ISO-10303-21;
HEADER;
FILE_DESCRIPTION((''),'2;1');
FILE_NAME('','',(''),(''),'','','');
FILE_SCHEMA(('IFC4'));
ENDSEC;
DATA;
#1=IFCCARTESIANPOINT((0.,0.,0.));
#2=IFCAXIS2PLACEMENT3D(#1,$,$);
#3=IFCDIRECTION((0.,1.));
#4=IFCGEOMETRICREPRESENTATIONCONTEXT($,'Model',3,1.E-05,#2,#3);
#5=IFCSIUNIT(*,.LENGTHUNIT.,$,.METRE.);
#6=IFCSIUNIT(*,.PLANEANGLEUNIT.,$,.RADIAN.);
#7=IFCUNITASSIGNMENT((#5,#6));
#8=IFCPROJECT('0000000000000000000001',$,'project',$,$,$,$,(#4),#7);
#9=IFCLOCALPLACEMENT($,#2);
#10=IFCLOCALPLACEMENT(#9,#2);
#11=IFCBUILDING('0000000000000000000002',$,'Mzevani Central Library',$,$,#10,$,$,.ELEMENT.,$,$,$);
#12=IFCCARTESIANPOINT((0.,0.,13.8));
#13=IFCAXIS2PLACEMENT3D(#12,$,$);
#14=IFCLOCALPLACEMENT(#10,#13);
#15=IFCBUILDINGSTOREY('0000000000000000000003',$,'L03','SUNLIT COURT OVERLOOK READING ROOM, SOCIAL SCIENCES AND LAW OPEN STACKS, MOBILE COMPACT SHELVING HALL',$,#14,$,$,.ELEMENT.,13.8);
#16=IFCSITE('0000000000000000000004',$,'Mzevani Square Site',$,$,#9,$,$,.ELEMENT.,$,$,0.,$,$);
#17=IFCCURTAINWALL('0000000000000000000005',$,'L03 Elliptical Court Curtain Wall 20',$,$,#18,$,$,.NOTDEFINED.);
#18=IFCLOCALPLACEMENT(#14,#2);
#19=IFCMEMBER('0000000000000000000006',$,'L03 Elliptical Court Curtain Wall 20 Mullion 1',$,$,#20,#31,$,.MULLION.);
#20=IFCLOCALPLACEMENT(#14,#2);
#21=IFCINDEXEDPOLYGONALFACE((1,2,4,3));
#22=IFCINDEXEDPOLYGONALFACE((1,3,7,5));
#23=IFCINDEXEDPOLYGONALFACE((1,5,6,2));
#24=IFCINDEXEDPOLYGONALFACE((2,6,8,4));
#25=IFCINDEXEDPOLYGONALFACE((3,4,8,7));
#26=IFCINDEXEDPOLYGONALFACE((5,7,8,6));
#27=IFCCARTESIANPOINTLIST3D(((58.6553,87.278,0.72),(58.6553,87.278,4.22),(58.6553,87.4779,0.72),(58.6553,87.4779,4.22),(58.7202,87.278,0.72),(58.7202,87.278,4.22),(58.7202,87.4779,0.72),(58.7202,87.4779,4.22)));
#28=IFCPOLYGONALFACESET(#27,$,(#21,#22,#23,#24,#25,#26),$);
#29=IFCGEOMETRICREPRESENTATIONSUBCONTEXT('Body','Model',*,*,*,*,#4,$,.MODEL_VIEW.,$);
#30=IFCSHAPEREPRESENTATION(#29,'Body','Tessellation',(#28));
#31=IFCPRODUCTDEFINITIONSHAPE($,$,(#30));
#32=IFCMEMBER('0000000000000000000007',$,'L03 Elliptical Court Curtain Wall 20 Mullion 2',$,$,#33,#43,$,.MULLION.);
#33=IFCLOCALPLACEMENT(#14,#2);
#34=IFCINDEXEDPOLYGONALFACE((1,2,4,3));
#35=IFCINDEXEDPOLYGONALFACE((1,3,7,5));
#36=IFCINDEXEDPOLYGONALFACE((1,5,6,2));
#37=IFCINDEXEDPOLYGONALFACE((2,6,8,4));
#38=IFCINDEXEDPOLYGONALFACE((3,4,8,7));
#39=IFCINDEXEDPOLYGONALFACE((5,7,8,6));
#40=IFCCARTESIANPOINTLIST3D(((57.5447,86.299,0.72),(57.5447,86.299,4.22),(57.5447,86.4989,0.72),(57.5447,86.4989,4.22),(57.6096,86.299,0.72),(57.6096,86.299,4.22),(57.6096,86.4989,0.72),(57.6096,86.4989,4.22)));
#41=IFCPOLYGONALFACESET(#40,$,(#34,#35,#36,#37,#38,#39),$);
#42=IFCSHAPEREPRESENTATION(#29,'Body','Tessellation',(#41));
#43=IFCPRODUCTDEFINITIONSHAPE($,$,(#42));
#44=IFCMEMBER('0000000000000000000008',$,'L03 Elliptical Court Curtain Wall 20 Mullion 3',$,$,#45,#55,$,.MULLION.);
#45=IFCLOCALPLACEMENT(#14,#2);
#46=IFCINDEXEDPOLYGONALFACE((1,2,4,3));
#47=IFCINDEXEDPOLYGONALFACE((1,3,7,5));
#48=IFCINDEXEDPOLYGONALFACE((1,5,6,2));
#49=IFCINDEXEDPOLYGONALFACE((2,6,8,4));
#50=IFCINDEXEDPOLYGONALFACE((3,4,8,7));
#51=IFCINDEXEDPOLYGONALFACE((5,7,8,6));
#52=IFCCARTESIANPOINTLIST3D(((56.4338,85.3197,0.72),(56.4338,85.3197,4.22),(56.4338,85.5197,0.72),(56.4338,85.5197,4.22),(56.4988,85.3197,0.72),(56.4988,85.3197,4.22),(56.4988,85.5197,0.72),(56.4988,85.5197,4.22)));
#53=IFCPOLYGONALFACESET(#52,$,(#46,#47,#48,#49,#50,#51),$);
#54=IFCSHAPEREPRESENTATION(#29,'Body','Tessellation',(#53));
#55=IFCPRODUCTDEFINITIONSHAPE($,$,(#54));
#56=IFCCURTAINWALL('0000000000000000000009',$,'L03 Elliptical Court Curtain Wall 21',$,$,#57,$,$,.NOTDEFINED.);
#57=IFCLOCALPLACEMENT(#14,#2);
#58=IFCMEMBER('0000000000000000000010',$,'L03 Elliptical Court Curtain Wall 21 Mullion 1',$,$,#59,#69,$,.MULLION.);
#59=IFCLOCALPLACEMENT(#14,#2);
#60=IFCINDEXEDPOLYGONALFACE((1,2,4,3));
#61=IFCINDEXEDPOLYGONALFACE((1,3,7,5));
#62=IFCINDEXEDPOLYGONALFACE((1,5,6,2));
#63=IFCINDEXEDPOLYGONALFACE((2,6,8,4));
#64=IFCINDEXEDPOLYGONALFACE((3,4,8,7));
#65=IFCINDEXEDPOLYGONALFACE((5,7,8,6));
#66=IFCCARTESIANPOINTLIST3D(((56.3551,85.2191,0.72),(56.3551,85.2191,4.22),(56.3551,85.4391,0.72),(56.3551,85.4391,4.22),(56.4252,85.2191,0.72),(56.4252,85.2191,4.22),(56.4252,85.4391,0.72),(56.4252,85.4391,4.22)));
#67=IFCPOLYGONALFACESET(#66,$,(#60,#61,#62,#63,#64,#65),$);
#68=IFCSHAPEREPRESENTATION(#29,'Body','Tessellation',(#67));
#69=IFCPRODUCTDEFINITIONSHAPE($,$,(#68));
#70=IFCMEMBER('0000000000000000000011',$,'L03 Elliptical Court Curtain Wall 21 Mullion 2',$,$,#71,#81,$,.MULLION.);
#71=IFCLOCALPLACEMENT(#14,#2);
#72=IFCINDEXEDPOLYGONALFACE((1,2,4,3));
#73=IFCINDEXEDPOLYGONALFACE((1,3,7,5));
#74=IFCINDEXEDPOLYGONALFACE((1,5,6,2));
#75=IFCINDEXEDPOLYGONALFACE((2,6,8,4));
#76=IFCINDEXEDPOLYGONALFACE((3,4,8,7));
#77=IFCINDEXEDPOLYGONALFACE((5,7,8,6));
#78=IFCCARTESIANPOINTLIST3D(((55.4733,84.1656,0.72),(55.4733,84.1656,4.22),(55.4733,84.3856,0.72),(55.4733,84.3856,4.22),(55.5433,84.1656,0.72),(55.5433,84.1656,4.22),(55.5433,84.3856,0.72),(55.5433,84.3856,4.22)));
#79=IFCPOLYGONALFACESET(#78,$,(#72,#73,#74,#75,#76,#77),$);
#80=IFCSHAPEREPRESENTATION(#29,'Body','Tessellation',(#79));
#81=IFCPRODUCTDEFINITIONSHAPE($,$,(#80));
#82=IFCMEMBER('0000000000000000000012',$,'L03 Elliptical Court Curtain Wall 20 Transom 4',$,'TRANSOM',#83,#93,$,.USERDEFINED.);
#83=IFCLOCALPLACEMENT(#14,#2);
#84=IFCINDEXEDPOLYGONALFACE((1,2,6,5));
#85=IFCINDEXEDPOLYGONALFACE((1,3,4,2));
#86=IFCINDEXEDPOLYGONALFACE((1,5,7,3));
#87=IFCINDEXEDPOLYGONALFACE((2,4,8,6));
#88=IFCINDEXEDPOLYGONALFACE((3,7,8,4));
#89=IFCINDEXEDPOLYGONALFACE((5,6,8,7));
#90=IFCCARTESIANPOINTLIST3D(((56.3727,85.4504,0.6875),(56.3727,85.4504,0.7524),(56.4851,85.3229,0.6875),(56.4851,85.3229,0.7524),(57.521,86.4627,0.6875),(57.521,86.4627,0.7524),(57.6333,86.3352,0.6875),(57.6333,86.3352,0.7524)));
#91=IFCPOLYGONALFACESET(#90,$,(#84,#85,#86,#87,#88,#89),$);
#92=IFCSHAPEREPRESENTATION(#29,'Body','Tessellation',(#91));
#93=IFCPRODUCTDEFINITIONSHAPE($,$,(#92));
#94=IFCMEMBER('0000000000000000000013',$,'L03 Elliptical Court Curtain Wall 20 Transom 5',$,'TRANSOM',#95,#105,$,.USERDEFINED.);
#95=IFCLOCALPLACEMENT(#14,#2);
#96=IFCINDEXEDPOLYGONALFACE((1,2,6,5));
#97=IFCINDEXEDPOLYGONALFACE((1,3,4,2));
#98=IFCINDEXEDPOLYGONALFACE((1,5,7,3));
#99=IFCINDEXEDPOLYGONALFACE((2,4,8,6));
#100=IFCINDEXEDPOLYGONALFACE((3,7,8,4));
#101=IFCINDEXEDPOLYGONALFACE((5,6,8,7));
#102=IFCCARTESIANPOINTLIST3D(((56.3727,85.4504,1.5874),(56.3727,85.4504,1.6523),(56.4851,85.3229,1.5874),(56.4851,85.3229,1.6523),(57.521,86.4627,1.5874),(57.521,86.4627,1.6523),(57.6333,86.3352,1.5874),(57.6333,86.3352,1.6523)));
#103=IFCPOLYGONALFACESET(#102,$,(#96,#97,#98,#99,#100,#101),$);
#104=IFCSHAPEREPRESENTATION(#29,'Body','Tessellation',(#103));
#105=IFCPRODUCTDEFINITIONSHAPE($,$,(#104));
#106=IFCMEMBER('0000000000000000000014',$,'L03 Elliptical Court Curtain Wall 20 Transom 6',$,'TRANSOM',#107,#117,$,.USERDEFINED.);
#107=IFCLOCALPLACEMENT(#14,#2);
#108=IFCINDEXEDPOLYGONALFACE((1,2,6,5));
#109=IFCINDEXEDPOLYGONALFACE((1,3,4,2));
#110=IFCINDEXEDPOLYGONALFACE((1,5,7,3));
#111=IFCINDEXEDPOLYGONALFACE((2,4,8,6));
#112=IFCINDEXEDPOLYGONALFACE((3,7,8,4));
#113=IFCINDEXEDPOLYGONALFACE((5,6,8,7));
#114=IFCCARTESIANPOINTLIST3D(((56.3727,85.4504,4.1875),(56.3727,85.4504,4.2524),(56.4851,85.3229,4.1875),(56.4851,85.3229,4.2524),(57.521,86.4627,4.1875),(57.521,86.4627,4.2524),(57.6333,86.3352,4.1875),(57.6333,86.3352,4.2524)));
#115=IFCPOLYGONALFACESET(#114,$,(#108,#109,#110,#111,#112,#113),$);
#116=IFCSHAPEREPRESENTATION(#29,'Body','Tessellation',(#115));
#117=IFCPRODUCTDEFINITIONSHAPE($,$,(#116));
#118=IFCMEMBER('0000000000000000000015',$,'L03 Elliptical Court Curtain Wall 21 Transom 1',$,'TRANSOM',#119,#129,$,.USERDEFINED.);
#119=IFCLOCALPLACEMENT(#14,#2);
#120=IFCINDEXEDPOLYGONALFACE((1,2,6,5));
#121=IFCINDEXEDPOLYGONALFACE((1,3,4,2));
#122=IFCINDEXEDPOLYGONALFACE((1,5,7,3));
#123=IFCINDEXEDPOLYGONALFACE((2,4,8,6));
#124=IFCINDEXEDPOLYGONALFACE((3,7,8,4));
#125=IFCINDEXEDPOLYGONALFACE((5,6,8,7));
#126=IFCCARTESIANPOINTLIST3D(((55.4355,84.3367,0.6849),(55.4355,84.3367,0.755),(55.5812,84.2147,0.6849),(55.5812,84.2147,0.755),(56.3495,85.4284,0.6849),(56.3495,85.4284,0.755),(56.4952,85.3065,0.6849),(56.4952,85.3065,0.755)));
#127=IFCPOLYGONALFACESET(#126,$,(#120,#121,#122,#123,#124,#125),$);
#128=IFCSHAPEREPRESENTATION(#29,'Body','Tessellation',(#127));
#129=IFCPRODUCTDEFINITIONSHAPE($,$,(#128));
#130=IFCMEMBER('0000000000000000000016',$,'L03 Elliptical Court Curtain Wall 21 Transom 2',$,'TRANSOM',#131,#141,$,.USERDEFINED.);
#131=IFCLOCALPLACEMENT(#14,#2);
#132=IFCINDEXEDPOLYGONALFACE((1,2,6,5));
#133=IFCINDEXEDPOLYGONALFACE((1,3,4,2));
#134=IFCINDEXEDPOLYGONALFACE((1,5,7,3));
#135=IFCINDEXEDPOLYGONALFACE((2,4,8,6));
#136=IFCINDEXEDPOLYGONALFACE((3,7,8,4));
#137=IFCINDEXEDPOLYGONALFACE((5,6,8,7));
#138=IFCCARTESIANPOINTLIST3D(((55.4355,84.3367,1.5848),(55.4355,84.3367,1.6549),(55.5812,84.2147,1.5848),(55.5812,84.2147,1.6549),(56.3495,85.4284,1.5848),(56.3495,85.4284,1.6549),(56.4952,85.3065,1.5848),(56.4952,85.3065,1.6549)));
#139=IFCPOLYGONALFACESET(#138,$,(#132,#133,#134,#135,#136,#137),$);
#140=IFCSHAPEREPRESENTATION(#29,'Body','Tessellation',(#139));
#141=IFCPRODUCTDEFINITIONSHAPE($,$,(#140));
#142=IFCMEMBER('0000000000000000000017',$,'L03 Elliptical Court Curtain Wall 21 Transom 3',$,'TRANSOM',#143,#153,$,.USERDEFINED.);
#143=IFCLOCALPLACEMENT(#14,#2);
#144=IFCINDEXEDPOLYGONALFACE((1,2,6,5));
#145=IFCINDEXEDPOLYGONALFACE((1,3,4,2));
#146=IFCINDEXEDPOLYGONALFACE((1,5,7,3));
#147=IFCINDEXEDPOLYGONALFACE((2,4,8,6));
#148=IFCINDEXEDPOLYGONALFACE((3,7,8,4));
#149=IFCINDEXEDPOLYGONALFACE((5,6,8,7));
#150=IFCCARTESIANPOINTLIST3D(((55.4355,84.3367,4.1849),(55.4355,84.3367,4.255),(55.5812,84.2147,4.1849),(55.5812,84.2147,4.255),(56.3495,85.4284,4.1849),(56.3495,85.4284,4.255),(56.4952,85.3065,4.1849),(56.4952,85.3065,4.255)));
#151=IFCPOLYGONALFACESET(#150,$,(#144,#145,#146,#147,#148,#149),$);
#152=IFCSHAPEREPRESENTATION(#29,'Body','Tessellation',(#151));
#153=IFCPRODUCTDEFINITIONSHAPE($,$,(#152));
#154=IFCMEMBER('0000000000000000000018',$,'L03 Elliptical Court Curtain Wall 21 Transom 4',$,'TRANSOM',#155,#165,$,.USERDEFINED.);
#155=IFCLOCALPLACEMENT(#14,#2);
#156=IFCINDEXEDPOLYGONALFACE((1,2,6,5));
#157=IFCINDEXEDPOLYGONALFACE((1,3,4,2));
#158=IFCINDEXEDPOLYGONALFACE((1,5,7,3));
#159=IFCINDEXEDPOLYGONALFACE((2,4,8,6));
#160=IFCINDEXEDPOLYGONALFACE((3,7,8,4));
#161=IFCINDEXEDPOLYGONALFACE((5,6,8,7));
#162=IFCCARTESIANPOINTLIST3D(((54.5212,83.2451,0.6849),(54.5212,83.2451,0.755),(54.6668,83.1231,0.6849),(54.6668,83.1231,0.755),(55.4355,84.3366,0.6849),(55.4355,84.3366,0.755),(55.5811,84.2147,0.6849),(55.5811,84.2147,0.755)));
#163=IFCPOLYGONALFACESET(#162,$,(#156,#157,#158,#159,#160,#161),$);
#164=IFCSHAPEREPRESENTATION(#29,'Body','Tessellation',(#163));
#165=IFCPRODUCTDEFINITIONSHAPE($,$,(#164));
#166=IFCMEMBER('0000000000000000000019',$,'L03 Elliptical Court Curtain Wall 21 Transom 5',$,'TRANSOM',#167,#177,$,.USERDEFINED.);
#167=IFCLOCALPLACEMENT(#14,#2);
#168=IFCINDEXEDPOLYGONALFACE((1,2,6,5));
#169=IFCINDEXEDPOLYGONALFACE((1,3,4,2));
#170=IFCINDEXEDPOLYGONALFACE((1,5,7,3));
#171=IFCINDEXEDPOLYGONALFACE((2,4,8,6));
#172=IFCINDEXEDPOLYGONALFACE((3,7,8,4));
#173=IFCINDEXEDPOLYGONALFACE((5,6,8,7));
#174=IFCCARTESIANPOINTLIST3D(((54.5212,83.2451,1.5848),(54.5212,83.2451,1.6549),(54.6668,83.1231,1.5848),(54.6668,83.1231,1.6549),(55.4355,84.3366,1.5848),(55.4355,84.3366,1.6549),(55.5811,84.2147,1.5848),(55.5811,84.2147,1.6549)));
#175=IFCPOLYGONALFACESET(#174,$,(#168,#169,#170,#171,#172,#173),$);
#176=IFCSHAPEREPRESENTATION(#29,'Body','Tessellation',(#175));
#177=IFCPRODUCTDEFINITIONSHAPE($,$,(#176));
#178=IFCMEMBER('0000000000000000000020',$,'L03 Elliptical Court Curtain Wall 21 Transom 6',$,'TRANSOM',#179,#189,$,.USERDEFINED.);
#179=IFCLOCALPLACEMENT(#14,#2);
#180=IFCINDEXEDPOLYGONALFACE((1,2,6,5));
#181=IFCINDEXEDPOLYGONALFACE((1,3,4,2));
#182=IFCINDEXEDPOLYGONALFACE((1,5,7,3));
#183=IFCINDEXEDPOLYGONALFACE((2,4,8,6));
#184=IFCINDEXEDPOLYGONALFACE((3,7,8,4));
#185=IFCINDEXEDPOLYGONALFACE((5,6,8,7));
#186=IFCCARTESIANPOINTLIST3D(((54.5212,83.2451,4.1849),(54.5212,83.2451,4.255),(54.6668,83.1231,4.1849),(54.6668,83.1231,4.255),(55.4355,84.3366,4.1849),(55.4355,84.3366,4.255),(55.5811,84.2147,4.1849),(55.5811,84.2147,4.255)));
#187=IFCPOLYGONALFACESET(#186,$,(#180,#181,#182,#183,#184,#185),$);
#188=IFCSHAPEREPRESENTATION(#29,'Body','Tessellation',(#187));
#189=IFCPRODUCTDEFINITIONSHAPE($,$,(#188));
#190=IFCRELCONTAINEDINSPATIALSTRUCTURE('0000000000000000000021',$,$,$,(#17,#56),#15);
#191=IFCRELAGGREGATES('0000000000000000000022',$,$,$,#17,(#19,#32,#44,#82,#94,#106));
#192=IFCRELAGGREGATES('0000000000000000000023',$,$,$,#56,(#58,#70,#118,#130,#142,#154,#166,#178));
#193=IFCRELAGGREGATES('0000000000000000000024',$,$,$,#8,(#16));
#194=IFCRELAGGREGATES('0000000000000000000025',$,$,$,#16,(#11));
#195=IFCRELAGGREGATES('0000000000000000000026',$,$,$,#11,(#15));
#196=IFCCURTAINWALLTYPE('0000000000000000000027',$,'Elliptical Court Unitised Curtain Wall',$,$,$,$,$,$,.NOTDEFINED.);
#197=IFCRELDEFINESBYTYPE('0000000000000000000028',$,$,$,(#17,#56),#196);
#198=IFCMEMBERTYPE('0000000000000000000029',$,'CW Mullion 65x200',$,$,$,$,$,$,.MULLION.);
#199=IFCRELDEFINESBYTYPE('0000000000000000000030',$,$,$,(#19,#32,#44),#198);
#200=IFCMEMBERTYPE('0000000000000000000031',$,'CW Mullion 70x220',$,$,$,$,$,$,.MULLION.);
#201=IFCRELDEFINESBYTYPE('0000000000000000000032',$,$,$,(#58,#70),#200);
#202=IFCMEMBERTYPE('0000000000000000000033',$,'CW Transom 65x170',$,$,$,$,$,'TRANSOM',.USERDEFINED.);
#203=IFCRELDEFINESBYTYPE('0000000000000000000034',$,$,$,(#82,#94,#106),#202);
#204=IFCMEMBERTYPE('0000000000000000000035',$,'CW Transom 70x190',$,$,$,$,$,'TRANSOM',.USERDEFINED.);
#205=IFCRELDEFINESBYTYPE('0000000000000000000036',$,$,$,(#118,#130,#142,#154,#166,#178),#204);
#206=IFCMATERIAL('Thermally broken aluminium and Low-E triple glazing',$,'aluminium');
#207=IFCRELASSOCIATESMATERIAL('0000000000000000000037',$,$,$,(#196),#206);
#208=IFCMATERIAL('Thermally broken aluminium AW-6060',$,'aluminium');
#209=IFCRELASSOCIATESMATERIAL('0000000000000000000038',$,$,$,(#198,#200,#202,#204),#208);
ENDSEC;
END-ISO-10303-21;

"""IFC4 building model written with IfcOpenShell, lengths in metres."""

from ifc_helpers import new_model, si_unit, direction, frame, origin, origin_2d, place, context, subcontext, project, spatial, rectangle, extrude, material, material_profile, profile_set, type_object, element, aggregate, save


model = new_model("IFC4")

# Units and contexts
model_context = context("Model", 3, precision=1e-05, world=origin(), true_north=direction((0.0, 1.0)))
body_context = subcontext(model_context, "Body", "Model", "MODEL_VIEW")
ifc_project = project(units=[si_unit("LENGTHUNIT", "METRE"), si_unit("PLANEANGLEUNIT", "RADIAN")], contexts=[model_context])

# Site, building, storey
site_placement = place(None, origin())
site = spatial("IfcSite", under=ifc_project, at=site_placement, Name="Mzevani Square Site", CompositionType="ELEMENT", RefElevation=0.0)
building_placement = place(site_placement, origin())
building = spatial("IfcBuilding", under=site, at=building_placement, Name="Mzevani Central Library", CompositionType="ELEMENT")
storey_placement = place(building_placement, frame((0.0, 0.0, 13.8)))
storey = spatial("IfcBuildingStorey", under=building, at=storey_placement, Name="L03", Description="SUNLIT COURT OVERLOOK READING ROOM, SOCIAL SCIENCES AND LAW OPEN STACKS, MOBILE COMPACT SHELVING HALL", CompositionType="ELEMENT", Elevation=13.8)

# Curtain walls, members
ifc_material_1 = material(Name="Thermally broken aluminium and Low-E triple glazing", Category="aluminium")
curtain_wall_type = type_object("IfcCurtainWallType", Name="Elliptical Court Unitised Curtain Wall", PredefinedType="NOTDEFINED", material=ifc_material_1)
curtain_wall_1_placement = place(storey_placement, origin())
curtain_wall_1 = element("IfcCurtainWall", 1, at=curtain_wall_1_placement, inside=storey, type_object=curtain_wall_type, Name="L03 Elliptical Court Curtain Wall 20", PredefinedType="NOTDEFINED")
ifc_material_2 = material(Name="Thermally broken aluminium AW-6060", Category="aluminium")
ifc_material_profile_1 = material_profile(ifc_material_2, rectangle(XDim=0.0649, YDim=0.2, at=origin_2d()), Name="ALU M65x200")
ifc_profile_set_1 = profile_set([ifc_material_profile_1], Name="Thermally broken aluminium AW-6060")
member_type_1 = type_object("IfcMemberType", Name="CW Mullion 65x200", PredefinedType="MULLION", material=ifc_profile_set_1)
member_1_placement = place(storey_placement, frame((58.6877, 87.3779, 0.72), z_axis=(0.0, 0.0, 1.0), x_axis=(1.0, 0.0, 0.0)))
member_1 = element("IfcMember", 2, at=member_1_placement, type_object=member_type_1, Name="L03 Elliptical Court Curtain Wall 20 Mullion 1", PredefinedType="MULLION", context=body_context, shape_type="SweptSolid", body=[
    extrude(rectangle(XDim=0.0649, YDim=0.2, at=origin_2d()), origin(), (0.0, 0.0, 1.0), 3.5),
])
member_2_placement = place(storey_placement, frame((57.5771, 86.3989, 0.72), z_axis=(0.0, 0.0, 1.0), x_axis=(1.0, 0.0, 0.0)))
member_2 = element("IfcMember", 3, at=member_2_placement, type_object=member_type_1, Name="L03 Elliptical Court Curtain Wall 20 Mullion 2", PredefinedType="MULLION", context=body_context, shape_type="SweptSolid", body=[
    extrude(rectangle(XDim=0.0649, YDim=0.2, at=origin_2d()), origin(), (0.0, 0.0, 1.0), 3.5),
])
member_3_placement = place(storey_placement, frame((56.4663, 85.4197, 0.72), z_axis=(0.0, 0.0, 1.0), x_axis=(1.0, 0.0, 0.0)))
member_3 = element("IfcMember", 4, at=member_3_placement, type_object=member_type_1, Name="L03 Elliptical Court Curtain Wall 20 Mullion 3", PredefinedType="MULLION", context=body_context, shape_type="SweptSolid", body=[
    extrude(rectangle(XDim=0.0649, YDim=0.2, at=origin_2d()), origin(), (0.0, 0.0, 1.0), 3.5),
])
curtain_wall_2_placement = place(storey_placement, origin())
curtain_wall_2 = element("IfcCurtainWall", 5, at=curtain_wall_2_placement, inside=storey, type_object=curtain_wall_type, Name="L03 Elliptical Court Curtain Wall 21", PredefinedType="NOTDEFINED")
ifc_material_profile_2 = material_profile(ifc_material_2, rectangle(XDim=0.0701, YDim=0.22, at=origin_2d()), Name="ALU M70x220")
ifc_profile_set_2 = profile_set([ifc_material_profile_2], Name="Thermally broken aluminium AW-6060")
member_type_2 = type_object("IfcMemberType", Name="CW Mullion 70x220", PredefinedType="MULLION", material=ifc_profile_set_2)
member_4_placement = place(storey_placement, frame((56.3901, 85.3291, 0.72), z_axis=(0.0, 0.0, 1.0), x_axis=(1.0, 0.0, 0.0)))
member_4 = element("IfcMember", 6, at=member_4_placement, type_object=member_type_2, Name="L03 Elliptical Court Curtain Wall 21 Mullion 1", PredefinedType="MULLION", context=body_context, shape_type="SweptSolid", body=[
    extrude(rectangle(XDim=0.0701, YDim=0.22, at=origin_2d()), origin(), (0.0, 0.0, 1.0), 3.5),
])
member_5_placement = place(storey_placement, frame((55.5083, 84.2756, 0.72), z_axis=(0.0, 0.0, 1.0), x_axis=(1.0, 0.0, 0.0)))
member_5 = element("IfcMember", 7, at=member_5_placement, type_object=member_type_2, Name="L03 Elliptical Court Curtain Wall 21 Mullion 2", PredefinedType="MULLION", context=body_context, shape_type="SweptSolid", body=[
    extrude(rectangle(XDim=0.0701, YDim=0.22, at=origin_2d()), origin(), (0.0, 0.0, 1.0), 3.5),
])

# Members
ifc_material_profile_3 = material_profile(ifc_material_2, rectangle(XDim=0.1699, YDim=0.0649, at=origin_2d()), Name="ALU T65x170")
ifc_profile_set_3 = profile_set([ifc_material_profile_3], Name="Thermally broken aluminium AW-6060")
member_type_3 = type_object("IfcMemberType", Name="CW Transom 65x170", ElementType="TRANSOM", PredefinedType="USERDEFINED", material=ifc_profile_set_3)
member_6_placement = place(storey_placement, frame((57.5771, 86.3989, 0.72), z_axis=(-0.750131, -0.661289, 0.0), x_axis=(0.661289, -0.750131, 0.0)))
member_6 = element("IfcMember", 8, at=member_6_placement, type_object=member_type_3, Name="L03 Elliptical Court Curtain Wall 20 Transom 4", ObjectType="TRANSOM", PredefinedType="USERDEFINED", context=body_context, shape_type="SweptSolid", body=[
    extrude(rectangle(XDim=0.1699, YDim=0.0649, at=origin_2d()), origin(), (0.0, 0.0, 1.0), 1.5308),
])
member_7_placement = place(storey_placement, frame((57.5771, 86.3989, 1.6199), z_axis=(-0.750131, -0.661289, 0.0), x_axis=(0.661289, -0.750131, 0.0)))
member_7 = element("IfcMember", 9, at=member_7_placement, type_object=member_type_3, Name="L03 Elliptical Court Curtain Wall 20 Transom 5", ObjectType="TRANSOM", PredefinedType="USERDEFINED", context=body_context, shape_type="SweptSolid", body=[
    extrude(rectangle(XDim=0.1699, YDim=0.0649, at=origin_2d()), origin(), (0.0, 0.0, 1.0), 1.5308),
])
member_8_placement = place(storey_placement, frame((57.5771, 86.3989, 4.22), z_axis=(-0.750131, -0.661289, 0.0), x_axis=(0.661289, -0.750131, 0.0)))
member_8 = element("IfcMember", 10, at=member_8_placement, type_object=member_type_3, Name="L03 Elliptical Court Curtain Wall 20 Transom 6", ObjectType="TRANSOM", PredefinedType="USERDEFINED", context=body_context, shape_type="SweptSolid", body=[
    extrude(rectangle(XDim=0.1699, YDim=0.0649, at=origin_2d()), origin(), (0.0, 0.0, 1.0), 1.5308),
])
ifc_material_profile_4 = material_profile(ifc_material_2, rectangle(XDim=0.1899, YDim=0.0701, at=origin_2d()), Name="ALU T70x190")
ifc_profile_set_4 = profile_set([ifc_material_profile_4], Name="Thermally broken aluminium AW-6060")
member_type_4 = type_object("IfcMemberType", Name="CW Transom 70x190", ElementType="TRANSOM", PredefinedType="USERDEFINED", material=ifc_profile_set_4)
member_9_placement = place(storey_placement, frame((56.4224, 85.3674, 0.72), z_axis=(-0.641937, -0.766758, 0.0), x_axis=(0.766758, -0.641937, 0.0)))
member_9 = element("IfcMember", 11, at=member_9_placement, type_object=member_type_4, Name="L03 Elliptical Court Curtain Wall 21 Transom 1", ObjectType="TRANSOM", PredefinedType="USERDEFINED", context=body_context, shape_type="SweptSolid", body=[
    extrude(rectangle(XDim=0.1899, YDim=0.0701, at=origin_2d()), origin(), (0.0, 0.0, 1.0), 1.4238),
])
member_10_placement = place(storey_placement, frame((56.4224, 85.3674, 1.6199), z_axis=(-0.641937, -0.766758, 0.0), x_axis=(0.766758, -0.641937, 0.0)))
member_10 = element("IfcMember", 12, at=member_10_placement, type_object=member_type_4, Name="L03 Elliptical Court Curtain Wall 21 Transom 2", ObjectType="TRANSOM", PredefinedType="USERDEFINED", context=body_context, shape_type="SweptSolid", body=[
    extrude(rectangle(XDim=0.1899, YDim=0.0701, at=origin_2d()), origin(), (0.0, 0.0, 1.0), 1.4238),
])
member_11_placement = place(storey_placement, frame((56.4224, 85.3674, 4.22), z_axis=(-0.641937, -0.766758, 0.0), x_axis=(0.766758, -0.641937, 0.0)))
member_11 = element("IfcMember", 13, at=member_11_placement, type_object=member_type_4, Name="L03 Elliptical Court Curtain Wall 21 Transom 3", ObjectType="TRANSOM", PredefinedType="USERDEFINED", context=body_context, shape_type="SweptSolid", body=[
    extrude(rectangle(XDim=0.1899, YDim=0.0701, at=origin_2d()), origin(), (0.0, 0.0, 1.0), 1.4238),
])
member_12_placement = place(storey_placement, frame((55.5083, 84.2756, 0.72), z_axis=(-0.642122, -0.766603, 0.0), x_axis=(0.766603, -0.642122, 0.0)))
member_12 = element("IfcMember", 14, at=member_12_placement, type_object=member_type_4, Name="L03 Elliptical Court Curtain Wall 21 Transom 4", ObjectType="TRANSOM", PredefinedType="USERDEFINED", context=body_context, shape_type="SweptSolid", body=[
    extrude(rectangle(XDim=0.1899, YDim=0.0701, at=origin_2d()), origin(), (0.0, 0.0, 1.0), 1.4238),
])
member_13_placement = place(storey_placement, frame((55.5083, 84.2756, 1.6199), z_axis=(-0.642122, -0.766603, 0.0), x_axis=(0.766603, -0.642122, 0.0)))
member_13 = element("IfcMember", 15, at=member_13_placement, type_object=member_type_4, Name="L03 Elliptical Court Curtain Wall 21 Transom 5", ObjectType="TRANSOM", PredefinedType="USERDEFINED", context=body_context, shape_type="SweptSolid", body=[
    extrude(rectangle(XDim=0.1899, YDim=0.0701, at=origin_2d()), origin(), (0.0, 0.0, 1.0), 1.4238),
])
member_14_placement = place(storey_placement, frame((55.5083, 84.2756, 4.22), z_axis=(-0.642122, -0.766603, 0.0), x_axis=(0.766603, -0.642122, 0.0)))
member_14 = element("IfcMember", 16, at=member_14_placement, type_object=member_type_4, Name="L03 Elliptical Court Curtain Wall 21 Transom 6", ObjectType="TRANSOM", PredefinedType="USERDEFINED", context=body_context, shape_type="SweptSolid", body=[
    extrude(rectangle(XDim=0.1899, YDim=0.0701, at=origin_2d()), origin(), (0.0, 0.0, 1.0), 1.4238),
])

aggregate(curtain_wall_1, [member_1, member_2, member_3, member_6, member_7, member_8])
aggregate(curtain_wall_2, [member_4, member_5, member_9, member_10, member_11, member_12, member_13, member_14])

save(model, "model.ifc")
